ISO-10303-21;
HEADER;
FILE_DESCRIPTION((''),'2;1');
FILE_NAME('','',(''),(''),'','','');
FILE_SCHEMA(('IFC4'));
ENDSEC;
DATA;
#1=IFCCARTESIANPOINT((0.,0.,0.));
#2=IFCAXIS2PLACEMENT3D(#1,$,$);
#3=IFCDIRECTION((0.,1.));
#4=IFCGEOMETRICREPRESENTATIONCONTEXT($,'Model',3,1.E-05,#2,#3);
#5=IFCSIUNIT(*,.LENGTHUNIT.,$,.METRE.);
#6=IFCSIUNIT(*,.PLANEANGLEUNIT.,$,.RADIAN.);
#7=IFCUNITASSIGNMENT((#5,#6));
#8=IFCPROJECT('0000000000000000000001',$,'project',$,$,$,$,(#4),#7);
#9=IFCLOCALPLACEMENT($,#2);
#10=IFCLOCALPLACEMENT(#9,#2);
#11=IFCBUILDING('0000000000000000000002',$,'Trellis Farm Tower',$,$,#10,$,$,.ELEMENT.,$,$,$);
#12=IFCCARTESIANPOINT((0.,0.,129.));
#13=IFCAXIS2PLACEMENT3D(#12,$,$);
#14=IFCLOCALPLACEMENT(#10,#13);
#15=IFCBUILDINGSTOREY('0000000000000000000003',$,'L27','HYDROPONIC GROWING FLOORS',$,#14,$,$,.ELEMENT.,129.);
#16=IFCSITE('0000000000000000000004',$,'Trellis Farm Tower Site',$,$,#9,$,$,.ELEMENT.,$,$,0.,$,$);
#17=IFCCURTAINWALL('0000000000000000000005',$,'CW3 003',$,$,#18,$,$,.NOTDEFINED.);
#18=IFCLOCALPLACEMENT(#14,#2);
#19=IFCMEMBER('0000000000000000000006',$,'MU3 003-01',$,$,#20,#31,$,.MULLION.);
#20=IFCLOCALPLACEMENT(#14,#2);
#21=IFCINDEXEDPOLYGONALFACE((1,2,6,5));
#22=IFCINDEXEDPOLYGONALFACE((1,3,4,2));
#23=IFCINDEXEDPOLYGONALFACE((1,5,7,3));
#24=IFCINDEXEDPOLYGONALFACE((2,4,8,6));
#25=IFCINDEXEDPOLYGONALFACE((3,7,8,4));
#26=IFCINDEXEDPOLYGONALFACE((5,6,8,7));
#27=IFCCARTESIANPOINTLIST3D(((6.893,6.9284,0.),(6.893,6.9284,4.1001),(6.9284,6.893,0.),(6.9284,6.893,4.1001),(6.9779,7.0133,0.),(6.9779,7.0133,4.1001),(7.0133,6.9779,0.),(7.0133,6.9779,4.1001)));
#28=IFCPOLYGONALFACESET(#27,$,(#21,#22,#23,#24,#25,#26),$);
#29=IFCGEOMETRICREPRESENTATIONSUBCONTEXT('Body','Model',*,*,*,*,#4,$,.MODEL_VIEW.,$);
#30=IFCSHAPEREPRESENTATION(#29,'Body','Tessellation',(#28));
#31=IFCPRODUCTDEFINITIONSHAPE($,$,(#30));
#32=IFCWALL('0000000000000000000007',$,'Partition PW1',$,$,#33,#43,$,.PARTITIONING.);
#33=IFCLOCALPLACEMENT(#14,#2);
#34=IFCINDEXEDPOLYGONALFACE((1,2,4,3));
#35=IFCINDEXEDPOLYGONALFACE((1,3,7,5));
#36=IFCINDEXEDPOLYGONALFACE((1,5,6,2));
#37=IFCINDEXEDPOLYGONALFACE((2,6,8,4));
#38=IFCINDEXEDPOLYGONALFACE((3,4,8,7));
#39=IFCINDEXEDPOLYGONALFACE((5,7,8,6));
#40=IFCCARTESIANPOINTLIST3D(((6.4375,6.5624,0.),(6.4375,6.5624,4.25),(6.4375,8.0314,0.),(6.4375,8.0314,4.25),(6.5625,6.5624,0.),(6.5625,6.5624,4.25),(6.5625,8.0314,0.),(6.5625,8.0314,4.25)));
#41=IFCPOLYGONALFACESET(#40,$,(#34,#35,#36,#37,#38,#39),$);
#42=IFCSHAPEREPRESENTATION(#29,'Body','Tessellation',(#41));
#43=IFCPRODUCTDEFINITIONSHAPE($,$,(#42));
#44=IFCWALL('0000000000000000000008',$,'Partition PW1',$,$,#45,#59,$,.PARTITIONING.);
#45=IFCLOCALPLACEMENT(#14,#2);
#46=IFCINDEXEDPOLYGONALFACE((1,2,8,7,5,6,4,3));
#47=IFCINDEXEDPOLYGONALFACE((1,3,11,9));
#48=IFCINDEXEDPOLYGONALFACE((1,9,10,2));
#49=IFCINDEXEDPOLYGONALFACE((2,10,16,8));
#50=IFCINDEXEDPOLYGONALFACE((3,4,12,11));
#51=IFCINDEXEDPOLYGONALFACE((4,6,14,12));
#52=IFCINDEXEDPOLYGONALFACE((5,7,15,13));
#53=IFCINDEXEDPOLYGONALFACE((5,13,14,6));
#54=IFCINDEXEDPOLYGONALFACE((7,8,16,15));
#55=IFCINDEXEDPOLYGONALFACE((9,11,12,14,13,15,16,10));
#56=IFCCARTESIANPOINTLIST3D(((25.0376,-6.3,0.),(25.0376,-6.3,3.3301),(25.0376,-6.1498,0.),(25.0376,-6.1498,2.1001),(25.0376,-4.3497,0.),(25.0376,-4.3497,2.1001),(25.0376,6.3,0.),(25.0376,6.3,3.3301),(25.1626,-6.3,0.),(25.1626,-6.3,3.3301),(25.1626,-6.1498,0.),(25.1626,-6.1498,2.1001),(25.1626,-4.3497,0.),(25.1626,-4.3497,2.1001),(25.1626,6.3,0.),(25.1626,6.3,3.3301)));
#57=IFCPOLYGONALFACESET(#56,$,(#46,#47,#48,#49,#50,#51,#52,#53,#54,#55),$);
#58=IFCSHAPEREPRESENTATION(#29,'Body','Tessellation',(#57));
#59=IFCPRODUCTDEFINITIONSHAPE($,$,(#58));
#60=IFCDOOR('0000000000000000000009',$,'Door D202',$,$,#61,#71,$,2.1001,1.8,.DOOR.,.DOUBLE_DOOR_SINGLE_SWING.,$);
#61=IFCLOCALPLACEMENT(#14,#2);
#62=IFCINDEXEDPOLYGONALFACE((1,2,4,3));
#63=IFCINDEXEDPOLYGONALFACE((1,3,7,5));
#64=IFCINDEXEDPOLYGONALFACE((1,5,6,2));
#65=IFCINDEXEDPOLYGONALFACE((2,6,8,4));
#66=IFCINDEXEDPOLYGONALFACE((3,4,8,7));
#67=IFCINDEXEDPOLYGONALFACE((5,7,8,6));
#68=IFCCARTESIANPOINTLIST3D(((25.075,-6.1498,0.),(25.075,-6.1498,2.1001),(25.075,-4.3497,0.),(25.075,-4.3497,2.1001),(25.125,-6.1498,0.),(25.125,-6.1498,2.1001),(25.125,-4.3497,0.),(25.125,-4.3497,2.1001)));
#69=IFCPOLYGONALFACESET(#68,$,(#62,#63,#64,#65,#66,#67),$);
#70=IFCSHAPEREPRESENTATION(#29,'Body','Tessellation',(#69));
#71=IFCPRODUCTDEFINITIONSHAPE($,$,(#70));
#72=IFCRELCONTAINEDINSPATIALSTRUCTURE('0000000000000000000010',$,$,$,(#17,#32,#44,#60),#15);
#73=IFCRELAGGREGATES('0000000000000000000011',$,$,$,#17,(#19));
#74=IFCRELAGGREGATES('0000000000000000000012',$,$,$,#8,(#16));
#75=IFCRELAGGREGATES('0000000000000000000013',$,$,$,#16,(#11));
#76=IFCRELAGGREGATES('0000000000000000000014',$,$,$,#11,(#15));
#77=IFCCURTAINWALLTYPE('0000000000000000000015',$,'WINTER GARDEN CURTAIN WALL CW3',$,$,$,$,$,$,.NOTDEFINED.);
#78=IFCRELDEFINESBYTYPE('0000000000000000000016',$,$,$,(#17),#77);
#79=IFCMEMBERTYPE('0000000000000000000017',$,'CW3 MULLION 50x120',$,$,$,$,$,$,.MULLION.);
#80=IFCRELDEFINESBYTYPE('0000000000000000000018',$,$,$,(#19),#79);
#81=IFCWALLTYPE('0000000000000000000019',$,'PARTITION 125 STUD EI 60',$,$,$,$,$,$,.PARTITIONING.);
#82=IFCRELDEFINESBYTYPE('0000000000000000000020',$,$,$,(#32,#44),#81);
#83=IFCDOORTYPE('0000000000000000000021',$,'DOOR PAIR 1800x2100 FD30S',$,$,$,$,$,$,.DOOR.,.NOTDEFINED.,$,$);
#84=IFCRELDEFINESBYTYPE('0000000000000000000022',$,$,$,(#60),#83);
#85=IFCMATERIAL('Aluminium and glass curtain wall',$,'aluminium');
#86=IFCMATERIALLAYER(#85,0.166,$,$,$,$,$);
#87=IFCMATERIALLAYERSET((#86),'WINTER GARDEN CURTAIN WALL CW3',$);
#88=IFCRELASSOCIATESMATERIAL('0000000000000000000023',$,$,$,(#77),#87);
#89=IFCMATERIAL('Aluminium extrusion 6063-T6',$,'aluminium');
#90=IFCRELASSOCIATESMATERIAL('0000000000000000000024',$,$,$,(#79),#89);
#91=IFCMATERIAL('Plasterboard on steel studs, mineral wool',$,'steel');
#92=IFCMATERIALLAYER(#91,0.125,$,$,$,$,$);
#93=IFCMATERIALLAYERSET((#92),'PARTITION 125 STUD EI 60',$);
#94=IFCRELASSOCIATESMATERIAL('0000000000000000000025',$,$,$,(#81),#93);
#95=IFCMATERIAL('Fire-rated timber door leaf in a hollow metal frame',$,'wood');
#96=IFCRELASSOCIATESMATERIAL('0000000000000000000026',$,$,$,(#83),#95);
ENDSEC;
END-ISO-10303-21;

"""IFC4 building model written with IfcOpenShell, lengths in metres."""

from ifc_helpers import new_model, si_unit, direction, frame, frame_2d, origin, origin_2d, place, context, subcontext, project, spatial, rectangle, extrude, source, transform, mapped, material, layer, layer_set, material_profile, profile_set, type_object, element, fill, aggregate, save


model = new_model("IFC4")

# Units and contexts
model_context = context("Model", 3, precision=1e-05, world=origin(), true_north=direction((0.0, 1.0)))
body_context = subcontext(model_context, "Body", "Model", "MODEL_VIEW")
ifc_project = project(units=[si_unit("LENGTHUNIT", "METRE"), si_unit("PLANEANGLEUNIT", "RADIAN")], contexts=[model_context])

# Site, building, storey
site_placement = place(None, origin())
site = spatial("IfcSite", under=ifc_project, at=site_placement, Name="Trellis Farm Tower Site", CompositionType="ELEMENT", RefElevation=0.0)
building_placement = place(site_placement, origin())
building = spatial("IfcBuilding", under=site, at=building_placement, Name="Trellis Farm Tower", CompositionType="ELEMENT")
storey_placement = place(building_placement, frame((0.0, 0.0, 129.0)))
storey = spatial("IfcBuildingStorey", under=building, at=storey_placement, Name="L27", Description="HYDROPONIC GROWING FLOORS", CompositionType="ELEMENT", Elevation=129.0)

# Shared definitions
ifc_material_1 = material(Name="Aluminium and glass curtain wall", Category="aluminium")
placement = place(storey_placement, origin())
ifc_material_2 = material(Name="Aluminium extrusion 6063-T6", Category="aluminium")

# Curtain wall, member
ifc_layer_1 = layer(ifc_material_1, 0.166)
ifc_layer_set_1 = layer_set([ifc_layer_1], Name="WINTER GARDEN CURTAIN WALL CW3")
curtain_wall_type_1 = type_object("IfcCurtainWallType", Name="WINTER GARDEN CURTAIN WALL CW3", PredefinedType="NOTDEFINED", material=ifc_layer_set_1)
curtain_wall_1 = element("IfcCurtainWall", 1, at=placement, inside=storey, type_object=curtain_wall_type_1, Name="CW3 003", PredefinedType="NOTDEFINED")
ifc_material_profile_1 = material_profile(ifc_material_2, rectangle(XDim=0.05, YDim=0.1201, at=origin_2d()), Name="MULLION 50x120")
ifc_profile_set_1 = profile_set([ifc_material_profile_1], Name="Aluminium extrusion 6063-T6")
member_type_1 = type_object("IfcMemberType", Name="CW3 MULLION 50x120", PredefinedType="MULLION", material=ifc_profile_set_1)
shared_shape_1 = source(origin(), body_context, "Body", "SweptSolid", [
    extrude(rectangle(XDim=0.05, YDim=0.1201, at=origin_2d()), origin(), (0.0, 0.0, 1.0), 4.1001),
])
member_1_placement = place(storey_placement, frame((6.9531, 6.9531, 0.0), z_axis=(0.0, 0.0, 1.0), x_axis=(-0.707107, 0.707107, 0.0)))
member_1 = element("IfcMember", 2, at=member_1_placement, type_object=member_type_1, Name="MU3 003-01", PredefinedType="MULLION", context=body_context, shape_type="MappedRepresentation", body=[
    mapped(shared_shape_1, transform((0.0, 0.0, 0.0))),
])
aggregate(curtain_wall_1, [member_1])

# Wall
ifc_material_3 = material(Name="Plasterboard on steel studs, mineral wool", Category="steel")
ifc_layer_2 = layer(ifc_material_3, 0.125)
ifc_layer_set_2 = layer_set([ifc_layer_2], Name="PARTITION 125 STUD EI 60")
wall_type_1 = type_object("IfcWallType", Name="PARTITION 125 STUD EI 60", PredefinedType="PARTITIONING", material=ifc_layer_set_2)
shared_shape_2 = source(origin(), body_context, "Body", "SweptSolid", [
    extrude(rectangle(XDim=1.469, YDim=0.125, at=frame_2d((0.7344, 0.0))), origin(), (0.0, 0.0, 1.0), 4.25),
])
wall_1_placement = place(storey_placement, frame((6.5, 6.5625, 0.0), z_axis=(0.0, 0.0, 1.0), x_axis=(0.0, 1.0, 0.0)))
element("IfcWall", 3, at=wall_1_placement, inside=storey, type_object=wall_type_1, Name="Partition PW1", PredefinedType="PARTITIONING", context=body_context, shape_type="MappedRepresentation", body=[
    mapped(shared_shape_2, transform((0.0, 0.0, 0.0))),
])

# Wall, opening, door
shared_shape_3 = source(origin(), body_context, "Body", "SweptSolid", [
    extrude(rectangle(XDim=12.6001, YDim=0.125, at=frame_2d((6.3, 0.0))), origin(), (0.0, 0.0, 1.0), 3.3301),
])
wall_2_placement = place(storey_placement, frame((25.1001, 6.3, 0.0), z_axis=(0.0, 0.0, 1.0), x_axis=(0.0, -1.0, 0.0)))
wall_2 = element("IfcWall", 4, at=wall_2_placement, inside=storey, type_object=wall_type_1, Name="Partition PW1", PredefinedType="PARTITIONING", context=body_context, shape_type="MappedRepresentation", body=[
    mapped(shared_shape_3, transform((0.0, 0.0, 0.0))),
])
shared_shape_4 = source(origin(), body_context, "Body", "SweptSolid", [
    extrude(rectangle(XDim=1.8, YDim=2.1001, at=frame_2d((0.8999, 1.05))), frame((0.0, 0.0725, 0.0), z_axis=(0.0, -1.0, 0.0), x_axis=(1.0, 0.0, 0.0)), (0.0, 0.0, 1.0), 0.145),
])
opening_1_placement = place(wall_2_placement, frame((10.6499, 0.0, 0.0)))
opening_1 = element("IfcOpeningElement", 5, at=opening_1_placement, cuts=wall_2, PredefinedType="OPENING", context=body_context, shape_type="MappedRepresentation", body=[
    mapped(shared_shape_4, transform((0.0, 0.0, 0.0))),
])
ifc_material_4 = material(Name="Fire-rated timber door leaf in a hollow metal frame", Category="wood")
door_type_1 = type_object("IfcDoorType", Name="DOOR PAIR 1800x2100 FD30S", OperationType="NOTDEFINED", PredefinedType="DOOR", material=ifc_material_4)
shared_shape_5 = source(origin(), body_context, "Body", "SweptSolid", [
    extrude(rectangle(XDim=1.8, YDim=2.1001, at=frame_2d((0.8999, 1.05))), frame((0.0, 0.0249, 0.0), z_axis=(0.0, -1.0, 0.0), x_axis=(1.0, 0.0, 0.0)), (0.0, 0.0, 1.0), 0.05),
])
door_1_placement = place(opening_1_placement, origin())
door_1 = element("IfcDoor", 6, at=door_1_placement, inside=storey, type_object=door_type_1, Name="Door D202", OperationType="DOUBLE_DOOR_SINGLE_SWING", OverallHeight=2.1001, OverallWidth=1.8, PredefinedType="DOOR", context=body_context, shape_type="MappedRepresentation", body=[
    mapped(shared_shape_5, transform((0.0, 0.0, 0.0))),
])
fill(opening_1, door_1)

save(model, "model.ifc")
